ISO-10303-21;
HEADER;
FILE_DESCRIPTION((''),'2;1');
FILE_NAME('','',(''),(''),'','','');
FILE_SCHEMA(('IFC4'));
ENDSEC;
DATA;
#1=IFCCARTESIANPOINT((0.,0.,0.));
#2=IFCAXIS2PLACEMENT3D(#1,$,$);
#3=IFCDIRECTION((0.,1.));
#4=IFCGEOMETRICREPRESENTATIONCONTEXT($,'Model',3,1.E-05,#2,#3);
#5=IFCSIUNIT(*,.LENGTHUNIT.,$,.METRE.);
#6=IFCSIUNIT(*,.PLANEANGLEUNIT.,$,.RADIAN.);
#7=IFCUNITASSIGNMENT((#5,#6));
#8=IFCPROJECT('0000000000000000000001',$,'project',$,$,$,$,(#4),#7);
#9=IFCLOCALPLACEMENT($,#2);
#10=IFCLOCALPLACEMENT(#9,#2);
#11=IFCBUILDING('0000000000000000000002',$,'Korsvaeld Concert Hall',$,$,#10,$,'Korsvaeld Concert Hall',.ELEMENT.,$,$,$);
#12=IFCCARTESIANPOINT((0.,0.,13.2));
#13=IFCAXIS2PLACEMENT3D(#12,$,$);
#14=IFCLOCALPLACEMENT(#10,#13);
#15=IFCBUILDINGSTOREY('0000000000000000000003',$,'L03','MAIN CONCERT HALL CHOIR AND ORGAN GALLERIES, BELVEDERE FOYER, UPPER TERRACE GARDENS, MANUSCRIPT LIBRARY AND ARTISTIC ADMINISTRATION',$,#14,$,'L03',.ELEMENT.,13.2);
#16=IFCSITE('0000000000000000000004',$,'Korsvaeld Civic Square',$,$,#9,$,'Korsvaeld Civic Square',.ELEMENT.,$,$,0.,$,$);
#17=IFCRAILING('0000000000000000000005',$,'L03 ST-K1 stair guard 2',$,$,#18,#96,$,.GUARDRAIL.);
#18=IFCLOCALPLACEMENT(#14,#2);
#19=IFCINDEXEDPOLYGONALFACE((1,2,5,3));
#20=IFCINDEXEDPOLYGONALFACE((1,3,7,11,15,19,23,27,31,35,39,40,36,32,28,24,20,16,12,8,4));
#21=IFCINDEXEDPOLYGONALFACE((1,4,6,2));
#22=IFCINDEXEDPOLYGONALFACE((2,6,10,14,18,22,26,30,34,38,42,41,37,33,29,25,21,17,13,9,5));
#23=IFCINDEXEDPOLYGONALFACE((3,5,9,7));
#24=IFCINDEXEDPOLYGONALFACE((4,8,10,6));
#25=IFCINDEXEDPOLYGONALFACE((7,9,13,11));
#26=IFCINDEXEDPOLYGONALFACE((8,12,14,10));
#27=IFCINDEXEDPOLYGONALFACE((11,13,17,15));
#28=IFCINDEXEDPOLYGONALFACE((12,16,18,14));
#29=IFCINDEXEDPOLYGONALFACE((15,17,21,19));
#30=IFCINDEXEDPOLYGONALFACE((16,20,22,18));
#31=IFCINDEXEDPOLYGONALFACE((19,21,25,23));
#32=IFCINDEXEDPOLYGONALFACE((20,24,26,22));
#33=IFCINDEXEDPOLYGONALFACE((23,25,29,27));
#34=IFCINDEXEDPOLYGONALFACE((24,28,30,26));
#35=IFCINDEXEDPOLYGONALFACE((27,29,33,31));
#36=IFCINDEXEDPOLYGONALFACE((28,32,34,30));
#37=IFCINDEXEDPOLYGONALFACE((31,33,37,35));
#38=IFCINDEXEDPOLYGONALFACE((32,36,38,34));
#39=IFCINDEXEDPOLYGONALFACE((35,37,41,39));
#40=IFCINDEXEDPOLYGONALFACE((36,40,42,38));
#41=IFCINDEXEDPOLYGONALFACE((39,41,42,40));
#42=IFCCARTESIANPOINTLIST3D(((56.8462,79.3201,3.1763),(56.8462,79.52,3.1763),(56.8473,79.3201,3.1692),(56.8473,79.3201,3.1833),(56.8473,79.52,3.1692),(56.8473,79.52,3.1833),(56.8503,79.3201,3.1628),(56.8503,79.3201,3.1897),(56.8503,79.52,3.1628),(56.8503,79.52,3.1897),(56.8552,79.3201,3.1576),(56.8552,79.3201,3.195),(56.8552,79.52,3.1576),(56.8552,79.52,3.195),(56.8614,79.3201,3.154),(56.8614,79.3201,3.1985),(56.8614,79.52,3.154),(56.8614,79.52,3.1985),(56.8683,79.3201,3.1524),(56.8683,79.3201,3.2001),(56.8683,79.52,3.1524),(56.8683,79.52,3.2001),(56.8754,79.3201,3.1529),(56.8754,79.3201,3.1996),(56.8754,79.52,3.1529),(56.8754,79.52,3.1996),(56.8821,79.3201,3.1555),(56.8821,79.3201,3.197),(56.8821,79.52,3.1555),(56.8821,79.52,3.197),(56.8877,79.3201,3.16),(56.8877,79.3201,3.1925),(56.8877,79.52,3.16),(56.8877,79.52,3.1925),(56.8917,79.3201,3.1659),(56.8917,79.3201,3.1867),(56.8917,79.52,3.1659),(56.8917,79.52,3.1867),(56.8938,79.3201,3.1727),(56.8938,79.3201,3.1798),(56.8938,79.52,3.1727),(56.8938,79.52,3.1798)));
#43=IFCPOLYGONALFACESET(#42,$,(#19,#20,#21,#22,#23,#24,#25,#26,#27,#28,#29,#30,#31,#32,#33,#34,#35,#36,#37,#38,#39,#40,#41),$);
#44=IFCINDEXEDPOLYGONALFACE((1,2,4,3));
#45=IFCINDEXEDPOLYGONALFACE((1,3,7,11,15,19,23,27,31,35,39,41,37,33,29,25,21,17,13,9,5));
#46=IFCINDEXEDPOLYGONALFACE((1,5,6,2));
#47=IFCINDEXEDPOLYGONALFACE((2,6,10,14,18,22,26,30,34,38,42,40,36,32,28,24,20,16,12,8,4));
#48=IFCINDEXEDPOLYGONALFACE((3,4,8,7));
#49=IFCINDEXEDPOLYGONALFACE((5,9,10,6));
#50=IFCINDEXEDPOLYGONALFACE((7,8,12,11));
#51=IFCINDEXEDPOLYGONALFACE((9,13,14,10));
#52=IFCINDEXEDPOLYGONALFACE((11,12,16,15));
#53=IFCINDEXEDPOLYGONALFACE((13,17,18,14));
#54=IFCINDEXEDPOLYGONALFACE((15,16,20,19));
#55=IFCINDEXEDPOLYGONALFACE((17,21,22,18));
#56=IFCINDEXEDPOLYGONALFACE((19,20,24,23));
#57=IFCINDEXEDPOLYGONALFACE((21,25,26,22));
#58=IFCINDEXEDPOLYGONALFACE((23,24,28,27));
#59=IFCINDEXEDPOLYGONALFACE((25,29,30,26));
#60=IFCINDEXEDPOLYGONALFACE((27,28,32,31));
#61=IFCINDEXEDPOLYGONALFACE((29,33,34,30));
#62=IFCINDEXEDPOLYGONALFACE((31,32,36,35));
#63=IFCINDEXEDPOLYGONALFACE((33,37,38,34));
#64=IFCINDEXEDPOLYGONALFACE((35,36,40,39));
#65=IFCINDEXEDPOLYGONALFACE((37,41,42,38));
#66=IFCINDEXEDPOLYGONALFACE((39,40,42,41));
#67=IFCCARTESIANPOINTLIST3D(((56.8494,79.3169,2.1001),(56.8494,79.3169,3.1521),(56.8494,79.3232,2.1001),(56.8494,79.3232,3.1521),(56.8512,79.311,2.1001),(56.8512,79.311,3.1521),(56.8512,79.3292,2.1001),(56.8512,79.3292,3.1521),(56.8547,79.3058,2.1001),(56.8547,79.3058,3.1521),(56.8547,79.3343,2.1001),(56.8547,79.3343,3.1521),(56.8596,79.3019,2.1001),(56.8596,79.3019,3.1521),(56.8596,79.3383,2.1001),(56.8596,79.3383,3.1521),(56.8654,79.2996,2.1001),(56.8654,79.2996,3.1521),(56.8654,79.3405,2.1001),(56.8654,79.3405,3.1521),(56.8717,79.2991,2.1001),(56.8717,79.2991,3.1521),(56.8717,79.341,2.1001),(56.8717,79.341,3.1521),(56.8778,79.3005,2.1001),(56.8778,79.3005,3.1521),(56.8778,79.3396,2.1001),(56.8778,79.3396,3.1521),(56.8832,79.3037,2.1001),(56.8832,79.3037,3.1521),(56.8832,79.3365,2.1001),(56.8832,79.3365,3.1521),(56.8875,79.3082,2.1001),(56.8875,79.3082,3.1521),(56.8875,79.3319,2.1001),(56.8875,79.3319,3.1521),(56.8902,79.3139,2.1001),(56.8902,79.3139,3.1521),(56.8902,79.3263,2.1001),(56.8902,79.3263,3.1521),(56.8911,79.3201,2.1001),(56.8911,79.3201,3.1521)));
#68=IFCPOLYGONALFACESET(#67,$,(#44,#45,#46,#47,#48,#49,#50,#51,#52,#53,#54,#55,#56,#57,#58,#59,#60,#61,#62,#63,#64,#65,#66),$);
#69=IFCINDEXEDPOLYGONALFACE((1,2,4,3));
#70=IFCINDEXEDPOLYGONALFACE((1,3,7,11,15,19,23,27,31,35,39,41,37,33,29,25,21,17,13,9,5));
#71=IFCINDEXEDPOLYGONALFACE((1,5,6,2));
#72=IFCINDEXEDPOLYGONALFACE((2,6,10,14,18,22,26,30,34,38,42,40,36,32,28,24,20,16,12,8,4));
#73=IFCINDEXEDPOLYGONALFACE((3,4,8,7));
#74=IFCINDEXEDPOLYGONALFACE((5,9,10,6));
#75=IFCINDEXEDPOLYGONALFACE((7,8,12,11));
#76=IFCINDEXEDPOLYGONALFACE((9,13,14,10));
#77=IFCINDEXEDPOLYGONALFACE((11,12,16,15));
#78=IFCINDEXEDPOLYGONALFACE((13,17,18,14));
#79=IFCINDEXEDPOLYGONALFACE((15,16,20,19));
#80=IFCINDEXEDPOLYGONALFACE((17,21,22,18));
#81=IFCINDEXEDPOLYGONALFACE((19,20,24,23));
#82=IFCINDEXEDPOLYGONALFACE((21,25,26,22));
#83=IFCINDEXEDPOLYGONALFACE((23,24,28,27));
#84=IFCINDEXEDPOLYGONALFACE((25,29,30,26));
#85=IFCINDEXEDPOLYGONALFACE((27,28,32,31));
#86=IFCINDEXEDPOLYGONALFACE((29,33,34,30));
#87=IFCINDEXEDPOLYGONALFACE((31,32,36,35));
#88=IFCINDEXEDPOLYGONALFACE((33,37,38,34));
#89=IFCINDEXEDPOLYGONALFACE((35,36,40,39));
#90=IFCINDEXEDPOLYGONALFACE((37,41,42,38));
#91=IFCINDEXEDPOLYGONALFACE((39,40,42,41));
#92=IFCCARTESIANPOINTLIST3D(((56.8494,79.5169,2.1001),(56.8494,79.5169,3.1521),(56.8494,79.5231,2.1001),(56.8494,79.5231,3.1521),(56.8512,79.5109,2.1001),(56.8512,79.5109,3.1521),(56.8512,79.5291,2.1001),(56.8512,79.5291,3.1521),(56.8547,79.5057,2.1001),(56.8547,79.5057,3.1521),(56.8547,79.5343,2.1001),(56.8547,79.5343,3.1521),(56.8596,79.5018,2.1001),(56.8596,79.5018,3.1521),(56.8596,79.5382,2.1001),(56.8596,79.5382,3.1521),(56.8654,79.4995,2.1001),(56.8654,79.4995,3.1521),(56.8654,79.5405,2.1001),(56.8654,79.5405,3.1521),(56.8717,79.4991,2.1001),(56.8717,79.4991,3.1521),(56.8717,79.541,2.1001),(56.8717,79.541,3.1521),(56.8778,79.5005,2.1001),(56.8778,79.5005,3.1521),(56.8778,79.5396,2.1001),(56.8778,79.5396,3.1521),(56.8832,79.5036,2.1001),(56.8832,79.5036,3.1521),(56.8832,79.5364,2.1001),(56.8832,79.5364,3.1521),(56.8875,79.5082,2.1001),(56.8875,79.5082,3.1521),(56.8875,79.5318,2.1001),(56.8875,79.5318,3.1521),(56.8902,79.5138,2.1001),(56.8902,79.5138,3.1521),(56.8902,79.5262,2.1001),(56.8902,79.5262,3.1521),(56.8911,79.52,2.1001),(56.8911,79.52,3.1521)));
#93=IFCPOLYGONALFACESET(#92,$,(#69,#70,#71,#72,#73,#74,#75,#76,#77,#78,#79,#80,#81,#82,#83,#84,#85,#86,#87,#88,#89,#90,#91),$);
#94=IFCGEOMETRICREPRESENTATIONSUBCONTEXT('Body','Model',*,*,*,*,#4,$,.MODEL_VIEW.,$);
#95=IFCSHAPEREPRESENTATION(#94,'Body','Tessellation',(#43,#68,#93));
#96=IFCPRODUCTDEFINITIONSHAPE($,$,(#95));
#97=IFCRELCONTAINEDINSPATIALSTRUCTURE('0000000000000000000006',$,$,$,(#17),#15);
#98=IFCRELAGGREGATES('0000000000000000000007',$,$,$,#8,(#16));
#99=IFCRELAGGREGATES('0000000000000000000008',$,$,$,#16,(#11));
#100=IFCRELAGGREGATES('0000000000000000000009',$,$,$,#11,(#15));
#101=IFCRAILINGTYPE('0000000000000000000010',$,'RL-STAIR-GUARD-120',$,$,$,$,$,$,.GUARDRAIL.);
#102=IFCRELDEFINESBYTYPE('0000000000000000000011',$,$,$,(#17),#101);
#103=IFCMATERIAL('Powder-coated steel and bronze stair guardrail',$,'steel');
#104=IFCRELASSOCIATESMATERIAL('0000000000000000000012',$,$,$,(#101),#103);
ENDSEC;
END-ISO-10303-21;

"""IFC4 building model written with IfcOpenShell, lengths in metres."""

from ifc_helpers import new_model, si_unit, direction, frame, origin, origin_2d, place, context, subcontext, project, spatial, circle, extrude, material, type_object, element, save


model = new_model("IFC4")

# Units and contexts
model_context = context("Model", 3, precision=1e-05, world=origin(), true_north=direction((0.0, 1.0)))
body_context = subcontext(model_context, "Body", "Model", "MODEL_VIEW")
ifc_project = project(units=[si_unit("LENGTHUNIT", "METRE"), si_unit("PLANEANGLEUNIT", "RADIAN")], contexts=[model_context])

# Site, building, storey
site_placement = place(None, origin())
site = spatial("IfcSite", under=ifc_project, at=site_placement, Name="Korsvaeld Civic Square", LongName="Korsvaeld Civic Square", CompositionType="ELEMENT", RefElevation=0.0)
building_placement = place(site_placement, origin())
building = spatial("IfcBuilding", under=site, at=building_placement, Name="Korsvaeld Concert Hall", LongName="Korsvaeld Concert Hall", CompositionType="ELEMENT")
storey_placement = place(building_placement, frame((0.0, 0.0, 13.2)))
storey = spatial("IfcBuildingStorey", under=building, at=storey_placement, Name="L03", Description="MAIN CONCERT HALL CHOIR AND ORGAN GALLERIES, BELVEDERE FOYER, UPPER TERRACE GARDENS, MANUSCRIPT LIBRARY AND ARTISTIC ADMINISTRATION", LongName="L03", CompositionType="ELEMENT", Elevation=13.2)

# Railing
ifc_material_1 = material(Name="Powder-coated steel and bronze stair guardrail", Category="steel")
railing_type_1 = type_object("IfcRailingType", Name="RL-STAIR-GUARD-120", PredefinedType="GUARDRAIL", material=ifc_material_1)
railing_1_placement = place(storey_placement, frame((56.8701, 79.3201, 2.1001)))
element("IfcRailing", 1, at=railing_1_placement, inside=storey, type_object=railing_type_1, Name="L03 ST-K1 stair guard 2", PredefinedType="GUARDRAIL", context=body_context, shape_type="SweptSolid", body=[
    extrude(circle(Radius=0.0239, at=origin_2d()), frame((0.0, 0.0, 1.0762), z_axis=(0.0, 1.0, 0.0), x_axis=(-1.0, 0.0, 0.0)), (0.0, 0.0, 1.0), 0.2),
    extrude(circle(Radius=0.021, at=origin_2d()), origin(), (0.0, 0.0, 1.0), 1.052),
    extrude(circle(Radius=0.021, at=origin_2d()), frame((0.0, 0.2, 0.0)), (0.0, 0.0, 1.0), 1.052),
])

save(model, "model.ifc")
